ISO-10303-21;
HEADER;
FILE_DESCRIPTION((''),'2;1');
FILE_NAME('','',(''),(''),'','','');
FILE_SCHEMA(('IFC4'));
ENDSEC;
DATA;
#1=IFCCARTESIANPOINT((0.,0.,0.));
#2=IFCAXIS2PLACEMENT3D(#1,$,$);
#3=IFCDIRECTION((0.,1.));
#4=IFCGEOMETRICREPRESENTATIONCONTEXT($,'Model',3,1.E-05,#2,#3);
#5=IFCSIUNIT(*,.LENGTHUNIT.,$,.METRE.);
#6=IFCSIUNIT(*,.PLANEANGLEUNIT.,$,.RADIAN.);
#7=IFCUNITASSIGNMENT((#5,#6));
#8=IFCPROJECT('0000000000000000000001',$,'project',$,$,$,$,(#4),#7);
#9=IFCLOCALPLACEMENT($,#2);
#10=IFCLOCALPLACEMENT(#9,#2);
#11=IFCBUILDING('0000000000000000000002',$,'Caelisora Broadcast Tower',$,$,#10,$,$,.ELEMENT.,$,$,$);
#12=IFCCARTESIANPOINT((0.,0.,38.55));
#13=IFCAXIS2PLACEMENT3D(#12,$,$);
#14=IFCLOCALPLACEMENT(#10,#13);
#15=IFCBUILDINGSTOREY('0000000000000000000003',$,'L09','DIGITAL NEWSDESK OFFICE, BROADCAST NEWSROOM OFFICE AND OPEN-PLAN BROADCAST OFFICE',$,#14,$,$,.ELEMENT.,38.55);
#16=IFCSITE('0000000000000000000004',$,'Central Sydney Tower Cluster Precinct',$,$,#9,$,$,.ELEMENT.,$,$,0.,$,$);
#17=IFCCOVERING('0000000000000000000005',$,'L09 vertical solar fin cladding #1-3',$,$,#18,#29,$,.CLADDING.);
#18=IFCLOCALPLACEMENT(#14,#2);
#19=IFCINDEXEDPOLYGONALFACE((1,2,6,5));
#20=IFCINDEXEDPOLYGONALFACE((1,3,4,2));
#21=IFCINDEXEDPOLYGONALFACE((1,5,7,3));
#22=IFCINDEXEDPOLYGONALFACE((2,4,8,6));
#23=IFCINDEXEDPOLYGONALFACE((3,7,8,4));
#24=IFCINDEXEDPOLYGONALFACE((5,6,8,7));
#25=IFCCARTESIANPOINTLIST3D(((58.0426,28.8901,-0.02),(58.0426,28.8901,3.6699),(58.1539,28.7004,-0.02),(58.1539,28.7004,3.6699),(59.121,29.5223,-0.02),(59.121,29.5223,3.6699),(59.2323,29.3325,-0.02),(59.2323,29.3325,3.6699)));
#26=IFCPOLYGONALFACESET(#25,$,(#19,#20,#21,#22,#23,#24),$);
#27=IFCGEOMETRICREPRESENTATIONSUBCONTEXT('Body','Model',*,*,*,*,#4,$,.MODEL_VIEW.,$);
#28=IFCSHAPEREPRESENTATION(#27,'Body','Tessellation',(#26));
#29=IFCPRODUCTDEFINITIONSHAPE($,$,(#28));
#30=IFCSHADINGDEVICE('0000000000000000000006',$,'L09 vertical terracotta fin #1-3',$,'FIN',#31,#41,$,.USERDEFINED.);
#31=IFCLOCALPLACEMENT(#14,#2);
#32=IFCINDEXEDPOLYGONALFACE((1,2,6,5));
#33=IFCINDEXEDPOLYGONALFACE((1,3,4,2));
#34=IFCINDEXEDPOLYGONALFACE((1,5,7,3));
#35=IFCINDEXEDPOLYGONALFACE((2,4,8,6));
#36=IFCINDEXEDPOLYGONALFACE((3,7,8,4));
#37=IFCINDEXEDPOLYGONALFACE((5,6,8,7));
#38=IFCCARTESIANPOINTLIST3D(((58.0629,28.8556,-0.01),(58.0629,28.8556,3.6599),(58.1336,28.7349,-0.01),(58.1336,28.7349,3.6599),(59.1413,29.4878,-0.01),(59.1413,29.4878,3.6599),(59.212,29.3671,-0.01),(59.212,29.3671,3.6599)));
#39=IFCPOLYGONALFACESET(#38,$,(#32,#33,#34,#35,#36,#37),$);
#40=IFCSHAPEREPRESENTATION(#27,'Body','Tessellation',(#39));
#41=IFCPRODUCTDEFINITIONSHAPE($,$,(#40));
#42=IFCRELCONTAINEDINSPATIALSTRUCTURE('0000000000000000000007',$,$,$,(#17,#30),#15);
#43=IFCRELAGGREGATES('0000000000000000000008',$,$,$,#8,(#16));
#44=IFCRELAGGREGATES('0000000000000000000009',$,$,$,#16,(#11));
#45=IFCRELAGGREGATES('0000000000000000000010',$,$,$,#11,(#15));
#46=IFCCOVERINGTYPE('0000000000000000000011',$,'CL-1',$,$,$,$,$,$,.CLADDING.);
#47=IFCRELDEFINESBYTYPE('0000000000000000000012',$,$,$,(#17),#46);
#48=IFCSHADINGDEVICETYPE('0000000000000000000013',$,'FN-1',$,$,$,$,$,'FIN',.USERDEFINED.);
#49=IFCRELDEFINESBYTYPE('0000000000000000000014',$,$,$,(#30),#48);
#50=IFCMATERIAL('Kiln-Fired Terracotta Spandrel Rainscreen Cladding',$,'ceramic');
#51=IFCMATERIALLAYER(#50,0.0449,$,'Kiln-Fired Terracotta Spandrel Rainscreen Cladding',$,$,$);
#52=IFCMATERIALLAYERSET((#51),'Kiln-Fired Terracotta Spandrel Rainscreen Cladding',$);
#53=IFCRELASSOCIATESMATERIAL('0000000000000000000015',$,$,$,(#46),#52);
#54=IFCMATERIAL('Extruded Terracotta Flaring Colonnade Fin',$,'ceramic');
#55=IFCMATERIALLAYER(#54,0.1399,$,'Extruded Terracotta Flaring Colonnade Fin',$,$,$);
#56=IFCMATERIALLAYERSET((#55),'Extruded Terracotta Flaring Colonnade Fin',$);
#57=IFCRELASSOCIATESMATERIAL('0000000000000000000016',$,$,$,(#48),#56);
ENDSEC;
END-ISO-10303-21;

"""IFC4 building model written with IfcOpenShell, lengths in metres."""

from ifc_helpers import new_model, si_unit, direction, frame, origin, origin_2d, place, context, subcontext, project, spatial, rectangle, extrude, source, transform, mapped, material, layer, layer_set, type_object, type_shapes, element, save


model = new_model("IFC4")

# Units and contexts
model_context = context("Model", 3, precision=1e-05, world=origin(), true_north=direction((0.0, 1.0)))
body_context = subcontext(model_context, "Body", "Model", "MODEL_VIEW")
ifc_project = project(units=[si_unit("LENGTHUNIT", "METRE"), si_unit("PLANEANGLEUNIT", "RADIAN")], contexts=[model_context])

# Site, building, storey
site_placement = place(None, origin())
site = spatial("IfcSite", under=ifc_project, at=site_placement, Name="Central Sydney Tower Cluster Precinct", CompositionType="ELEMENT", RefElevation=0.0)
building_placement = place(site_placement, origin())
building = spatial("IfcBuilding", under=site, at=building_placement, Name="Caelisora Broadcast Tower", CompositionType="ELEMENT")
storey_placement = place(building_placement, frame((0.0, 0.0, 38.55)))
storey = spatial("IfcBuildingStorey", under=building, at=storey_placement, Name="L09", Description="DIGITAL NEWSDESK OFFICE, BROADCAST NEWSROOM OFFICE AND OPEN-PLAN BROADCAST OFFICE", CompositionType="ELEMENT", Elevation=38.55)

# Covering
ifc_material_1 = material(Name="Kiln-Fired Terracotta Spandrel Rainscreen Cladding", Category="ceramic")
ifc_layer_1 = layer(ifc_material_1, 0.0449, Name="Kiln-Fired Terracotta Spandrel Rainscreen Cladding")
ifc_layer_set_1 = layer_set([ifc_layer_1], Name="Kiln-Fired Terracotta Spandrel Rainscreen Cladding")
covering_type = type_object("IfcCoveringType", Name="CL-1", PredefinedType="CLADDING", material=ifc_layer_set_1)
shared_shape_1 = source(origin(), body_context, "Body", "SweptSolid", [
    extrude(rectangle(XDim=0.22, YDim=1.25, at=origin_2d()), origin(), (0.0, 0.0, 1.0), 3.6899),
])
type_shapes(covering_type, [shared_shape_1])
covering_placement = place(storey_placement, frame((58.6375, 29.1113, -0.02), z_axis=(0.0, 0.0, 1.0), x_axis=(0.505733, -0.86269, 0.0)))
element("IfcCovering", 1, at=covering_placement, inside=storey, type_object=covering_type, Name="L09 vertical solar fin cladding #1-3", PredefinedType="CLADDING", context=body_context, shape_type="MappedRepresentation", body=[
    mapped(shared_shape_1, transform((0.0, 0.0, 0.0), scale=1.0)),
])

# Shading device
ifc_material_2 = material(Name="Extruded Terracotta Flaring Colonnade Fin", Category="ceramic")
ifc_layer_2 = layer(ifc_material_2, 0.1399, Name="Extruded Terracotta Flaring Colonnade Fin")
ifc_layer_set_2 = layer_set([ifc_layer_2], Name="Extruded Terracotta Flaring Colonnade Fin")
shading_device_type = type_object("IfcShadingDeviceType", Name="FN-1", ElementType="FIN", PredefinedType="USERDEFINED", material=ifc_layer_set_2)
shared_shape_2 = source(origin(), body_context, "Body", "SweptSolid", [
    extrude(rectangle(XDim=0.1399, YDim=1.25, at=origin_2d()), origin(), (0.0, 0.0, 1.0), 3.6699),
])
type_shapes(shading_device_type, [shared_shape_2])
shading_device_placement = place(storey_placement, frame((58.6375, 29.1113, -0.01), z_axis=(0.0, 0.0, 1.0), x_axis=(0.505733, -0.86269, 0.0)))
element("IfcShadingDevice", 2, at=shading_device_placement, inside=storey, type_object=shading_device_type, Name="L09 vertical terracotta fin #1-3", ObjectType="FIN", PredefinedType="USERDEFINED", context=body_context, shape_type="MappedRepresentation", body=[
    mapped(shared_shape_2, transform((0.0, 0.0, 0.0), scale=1.0)),
])

save(model, "model.ifc")
